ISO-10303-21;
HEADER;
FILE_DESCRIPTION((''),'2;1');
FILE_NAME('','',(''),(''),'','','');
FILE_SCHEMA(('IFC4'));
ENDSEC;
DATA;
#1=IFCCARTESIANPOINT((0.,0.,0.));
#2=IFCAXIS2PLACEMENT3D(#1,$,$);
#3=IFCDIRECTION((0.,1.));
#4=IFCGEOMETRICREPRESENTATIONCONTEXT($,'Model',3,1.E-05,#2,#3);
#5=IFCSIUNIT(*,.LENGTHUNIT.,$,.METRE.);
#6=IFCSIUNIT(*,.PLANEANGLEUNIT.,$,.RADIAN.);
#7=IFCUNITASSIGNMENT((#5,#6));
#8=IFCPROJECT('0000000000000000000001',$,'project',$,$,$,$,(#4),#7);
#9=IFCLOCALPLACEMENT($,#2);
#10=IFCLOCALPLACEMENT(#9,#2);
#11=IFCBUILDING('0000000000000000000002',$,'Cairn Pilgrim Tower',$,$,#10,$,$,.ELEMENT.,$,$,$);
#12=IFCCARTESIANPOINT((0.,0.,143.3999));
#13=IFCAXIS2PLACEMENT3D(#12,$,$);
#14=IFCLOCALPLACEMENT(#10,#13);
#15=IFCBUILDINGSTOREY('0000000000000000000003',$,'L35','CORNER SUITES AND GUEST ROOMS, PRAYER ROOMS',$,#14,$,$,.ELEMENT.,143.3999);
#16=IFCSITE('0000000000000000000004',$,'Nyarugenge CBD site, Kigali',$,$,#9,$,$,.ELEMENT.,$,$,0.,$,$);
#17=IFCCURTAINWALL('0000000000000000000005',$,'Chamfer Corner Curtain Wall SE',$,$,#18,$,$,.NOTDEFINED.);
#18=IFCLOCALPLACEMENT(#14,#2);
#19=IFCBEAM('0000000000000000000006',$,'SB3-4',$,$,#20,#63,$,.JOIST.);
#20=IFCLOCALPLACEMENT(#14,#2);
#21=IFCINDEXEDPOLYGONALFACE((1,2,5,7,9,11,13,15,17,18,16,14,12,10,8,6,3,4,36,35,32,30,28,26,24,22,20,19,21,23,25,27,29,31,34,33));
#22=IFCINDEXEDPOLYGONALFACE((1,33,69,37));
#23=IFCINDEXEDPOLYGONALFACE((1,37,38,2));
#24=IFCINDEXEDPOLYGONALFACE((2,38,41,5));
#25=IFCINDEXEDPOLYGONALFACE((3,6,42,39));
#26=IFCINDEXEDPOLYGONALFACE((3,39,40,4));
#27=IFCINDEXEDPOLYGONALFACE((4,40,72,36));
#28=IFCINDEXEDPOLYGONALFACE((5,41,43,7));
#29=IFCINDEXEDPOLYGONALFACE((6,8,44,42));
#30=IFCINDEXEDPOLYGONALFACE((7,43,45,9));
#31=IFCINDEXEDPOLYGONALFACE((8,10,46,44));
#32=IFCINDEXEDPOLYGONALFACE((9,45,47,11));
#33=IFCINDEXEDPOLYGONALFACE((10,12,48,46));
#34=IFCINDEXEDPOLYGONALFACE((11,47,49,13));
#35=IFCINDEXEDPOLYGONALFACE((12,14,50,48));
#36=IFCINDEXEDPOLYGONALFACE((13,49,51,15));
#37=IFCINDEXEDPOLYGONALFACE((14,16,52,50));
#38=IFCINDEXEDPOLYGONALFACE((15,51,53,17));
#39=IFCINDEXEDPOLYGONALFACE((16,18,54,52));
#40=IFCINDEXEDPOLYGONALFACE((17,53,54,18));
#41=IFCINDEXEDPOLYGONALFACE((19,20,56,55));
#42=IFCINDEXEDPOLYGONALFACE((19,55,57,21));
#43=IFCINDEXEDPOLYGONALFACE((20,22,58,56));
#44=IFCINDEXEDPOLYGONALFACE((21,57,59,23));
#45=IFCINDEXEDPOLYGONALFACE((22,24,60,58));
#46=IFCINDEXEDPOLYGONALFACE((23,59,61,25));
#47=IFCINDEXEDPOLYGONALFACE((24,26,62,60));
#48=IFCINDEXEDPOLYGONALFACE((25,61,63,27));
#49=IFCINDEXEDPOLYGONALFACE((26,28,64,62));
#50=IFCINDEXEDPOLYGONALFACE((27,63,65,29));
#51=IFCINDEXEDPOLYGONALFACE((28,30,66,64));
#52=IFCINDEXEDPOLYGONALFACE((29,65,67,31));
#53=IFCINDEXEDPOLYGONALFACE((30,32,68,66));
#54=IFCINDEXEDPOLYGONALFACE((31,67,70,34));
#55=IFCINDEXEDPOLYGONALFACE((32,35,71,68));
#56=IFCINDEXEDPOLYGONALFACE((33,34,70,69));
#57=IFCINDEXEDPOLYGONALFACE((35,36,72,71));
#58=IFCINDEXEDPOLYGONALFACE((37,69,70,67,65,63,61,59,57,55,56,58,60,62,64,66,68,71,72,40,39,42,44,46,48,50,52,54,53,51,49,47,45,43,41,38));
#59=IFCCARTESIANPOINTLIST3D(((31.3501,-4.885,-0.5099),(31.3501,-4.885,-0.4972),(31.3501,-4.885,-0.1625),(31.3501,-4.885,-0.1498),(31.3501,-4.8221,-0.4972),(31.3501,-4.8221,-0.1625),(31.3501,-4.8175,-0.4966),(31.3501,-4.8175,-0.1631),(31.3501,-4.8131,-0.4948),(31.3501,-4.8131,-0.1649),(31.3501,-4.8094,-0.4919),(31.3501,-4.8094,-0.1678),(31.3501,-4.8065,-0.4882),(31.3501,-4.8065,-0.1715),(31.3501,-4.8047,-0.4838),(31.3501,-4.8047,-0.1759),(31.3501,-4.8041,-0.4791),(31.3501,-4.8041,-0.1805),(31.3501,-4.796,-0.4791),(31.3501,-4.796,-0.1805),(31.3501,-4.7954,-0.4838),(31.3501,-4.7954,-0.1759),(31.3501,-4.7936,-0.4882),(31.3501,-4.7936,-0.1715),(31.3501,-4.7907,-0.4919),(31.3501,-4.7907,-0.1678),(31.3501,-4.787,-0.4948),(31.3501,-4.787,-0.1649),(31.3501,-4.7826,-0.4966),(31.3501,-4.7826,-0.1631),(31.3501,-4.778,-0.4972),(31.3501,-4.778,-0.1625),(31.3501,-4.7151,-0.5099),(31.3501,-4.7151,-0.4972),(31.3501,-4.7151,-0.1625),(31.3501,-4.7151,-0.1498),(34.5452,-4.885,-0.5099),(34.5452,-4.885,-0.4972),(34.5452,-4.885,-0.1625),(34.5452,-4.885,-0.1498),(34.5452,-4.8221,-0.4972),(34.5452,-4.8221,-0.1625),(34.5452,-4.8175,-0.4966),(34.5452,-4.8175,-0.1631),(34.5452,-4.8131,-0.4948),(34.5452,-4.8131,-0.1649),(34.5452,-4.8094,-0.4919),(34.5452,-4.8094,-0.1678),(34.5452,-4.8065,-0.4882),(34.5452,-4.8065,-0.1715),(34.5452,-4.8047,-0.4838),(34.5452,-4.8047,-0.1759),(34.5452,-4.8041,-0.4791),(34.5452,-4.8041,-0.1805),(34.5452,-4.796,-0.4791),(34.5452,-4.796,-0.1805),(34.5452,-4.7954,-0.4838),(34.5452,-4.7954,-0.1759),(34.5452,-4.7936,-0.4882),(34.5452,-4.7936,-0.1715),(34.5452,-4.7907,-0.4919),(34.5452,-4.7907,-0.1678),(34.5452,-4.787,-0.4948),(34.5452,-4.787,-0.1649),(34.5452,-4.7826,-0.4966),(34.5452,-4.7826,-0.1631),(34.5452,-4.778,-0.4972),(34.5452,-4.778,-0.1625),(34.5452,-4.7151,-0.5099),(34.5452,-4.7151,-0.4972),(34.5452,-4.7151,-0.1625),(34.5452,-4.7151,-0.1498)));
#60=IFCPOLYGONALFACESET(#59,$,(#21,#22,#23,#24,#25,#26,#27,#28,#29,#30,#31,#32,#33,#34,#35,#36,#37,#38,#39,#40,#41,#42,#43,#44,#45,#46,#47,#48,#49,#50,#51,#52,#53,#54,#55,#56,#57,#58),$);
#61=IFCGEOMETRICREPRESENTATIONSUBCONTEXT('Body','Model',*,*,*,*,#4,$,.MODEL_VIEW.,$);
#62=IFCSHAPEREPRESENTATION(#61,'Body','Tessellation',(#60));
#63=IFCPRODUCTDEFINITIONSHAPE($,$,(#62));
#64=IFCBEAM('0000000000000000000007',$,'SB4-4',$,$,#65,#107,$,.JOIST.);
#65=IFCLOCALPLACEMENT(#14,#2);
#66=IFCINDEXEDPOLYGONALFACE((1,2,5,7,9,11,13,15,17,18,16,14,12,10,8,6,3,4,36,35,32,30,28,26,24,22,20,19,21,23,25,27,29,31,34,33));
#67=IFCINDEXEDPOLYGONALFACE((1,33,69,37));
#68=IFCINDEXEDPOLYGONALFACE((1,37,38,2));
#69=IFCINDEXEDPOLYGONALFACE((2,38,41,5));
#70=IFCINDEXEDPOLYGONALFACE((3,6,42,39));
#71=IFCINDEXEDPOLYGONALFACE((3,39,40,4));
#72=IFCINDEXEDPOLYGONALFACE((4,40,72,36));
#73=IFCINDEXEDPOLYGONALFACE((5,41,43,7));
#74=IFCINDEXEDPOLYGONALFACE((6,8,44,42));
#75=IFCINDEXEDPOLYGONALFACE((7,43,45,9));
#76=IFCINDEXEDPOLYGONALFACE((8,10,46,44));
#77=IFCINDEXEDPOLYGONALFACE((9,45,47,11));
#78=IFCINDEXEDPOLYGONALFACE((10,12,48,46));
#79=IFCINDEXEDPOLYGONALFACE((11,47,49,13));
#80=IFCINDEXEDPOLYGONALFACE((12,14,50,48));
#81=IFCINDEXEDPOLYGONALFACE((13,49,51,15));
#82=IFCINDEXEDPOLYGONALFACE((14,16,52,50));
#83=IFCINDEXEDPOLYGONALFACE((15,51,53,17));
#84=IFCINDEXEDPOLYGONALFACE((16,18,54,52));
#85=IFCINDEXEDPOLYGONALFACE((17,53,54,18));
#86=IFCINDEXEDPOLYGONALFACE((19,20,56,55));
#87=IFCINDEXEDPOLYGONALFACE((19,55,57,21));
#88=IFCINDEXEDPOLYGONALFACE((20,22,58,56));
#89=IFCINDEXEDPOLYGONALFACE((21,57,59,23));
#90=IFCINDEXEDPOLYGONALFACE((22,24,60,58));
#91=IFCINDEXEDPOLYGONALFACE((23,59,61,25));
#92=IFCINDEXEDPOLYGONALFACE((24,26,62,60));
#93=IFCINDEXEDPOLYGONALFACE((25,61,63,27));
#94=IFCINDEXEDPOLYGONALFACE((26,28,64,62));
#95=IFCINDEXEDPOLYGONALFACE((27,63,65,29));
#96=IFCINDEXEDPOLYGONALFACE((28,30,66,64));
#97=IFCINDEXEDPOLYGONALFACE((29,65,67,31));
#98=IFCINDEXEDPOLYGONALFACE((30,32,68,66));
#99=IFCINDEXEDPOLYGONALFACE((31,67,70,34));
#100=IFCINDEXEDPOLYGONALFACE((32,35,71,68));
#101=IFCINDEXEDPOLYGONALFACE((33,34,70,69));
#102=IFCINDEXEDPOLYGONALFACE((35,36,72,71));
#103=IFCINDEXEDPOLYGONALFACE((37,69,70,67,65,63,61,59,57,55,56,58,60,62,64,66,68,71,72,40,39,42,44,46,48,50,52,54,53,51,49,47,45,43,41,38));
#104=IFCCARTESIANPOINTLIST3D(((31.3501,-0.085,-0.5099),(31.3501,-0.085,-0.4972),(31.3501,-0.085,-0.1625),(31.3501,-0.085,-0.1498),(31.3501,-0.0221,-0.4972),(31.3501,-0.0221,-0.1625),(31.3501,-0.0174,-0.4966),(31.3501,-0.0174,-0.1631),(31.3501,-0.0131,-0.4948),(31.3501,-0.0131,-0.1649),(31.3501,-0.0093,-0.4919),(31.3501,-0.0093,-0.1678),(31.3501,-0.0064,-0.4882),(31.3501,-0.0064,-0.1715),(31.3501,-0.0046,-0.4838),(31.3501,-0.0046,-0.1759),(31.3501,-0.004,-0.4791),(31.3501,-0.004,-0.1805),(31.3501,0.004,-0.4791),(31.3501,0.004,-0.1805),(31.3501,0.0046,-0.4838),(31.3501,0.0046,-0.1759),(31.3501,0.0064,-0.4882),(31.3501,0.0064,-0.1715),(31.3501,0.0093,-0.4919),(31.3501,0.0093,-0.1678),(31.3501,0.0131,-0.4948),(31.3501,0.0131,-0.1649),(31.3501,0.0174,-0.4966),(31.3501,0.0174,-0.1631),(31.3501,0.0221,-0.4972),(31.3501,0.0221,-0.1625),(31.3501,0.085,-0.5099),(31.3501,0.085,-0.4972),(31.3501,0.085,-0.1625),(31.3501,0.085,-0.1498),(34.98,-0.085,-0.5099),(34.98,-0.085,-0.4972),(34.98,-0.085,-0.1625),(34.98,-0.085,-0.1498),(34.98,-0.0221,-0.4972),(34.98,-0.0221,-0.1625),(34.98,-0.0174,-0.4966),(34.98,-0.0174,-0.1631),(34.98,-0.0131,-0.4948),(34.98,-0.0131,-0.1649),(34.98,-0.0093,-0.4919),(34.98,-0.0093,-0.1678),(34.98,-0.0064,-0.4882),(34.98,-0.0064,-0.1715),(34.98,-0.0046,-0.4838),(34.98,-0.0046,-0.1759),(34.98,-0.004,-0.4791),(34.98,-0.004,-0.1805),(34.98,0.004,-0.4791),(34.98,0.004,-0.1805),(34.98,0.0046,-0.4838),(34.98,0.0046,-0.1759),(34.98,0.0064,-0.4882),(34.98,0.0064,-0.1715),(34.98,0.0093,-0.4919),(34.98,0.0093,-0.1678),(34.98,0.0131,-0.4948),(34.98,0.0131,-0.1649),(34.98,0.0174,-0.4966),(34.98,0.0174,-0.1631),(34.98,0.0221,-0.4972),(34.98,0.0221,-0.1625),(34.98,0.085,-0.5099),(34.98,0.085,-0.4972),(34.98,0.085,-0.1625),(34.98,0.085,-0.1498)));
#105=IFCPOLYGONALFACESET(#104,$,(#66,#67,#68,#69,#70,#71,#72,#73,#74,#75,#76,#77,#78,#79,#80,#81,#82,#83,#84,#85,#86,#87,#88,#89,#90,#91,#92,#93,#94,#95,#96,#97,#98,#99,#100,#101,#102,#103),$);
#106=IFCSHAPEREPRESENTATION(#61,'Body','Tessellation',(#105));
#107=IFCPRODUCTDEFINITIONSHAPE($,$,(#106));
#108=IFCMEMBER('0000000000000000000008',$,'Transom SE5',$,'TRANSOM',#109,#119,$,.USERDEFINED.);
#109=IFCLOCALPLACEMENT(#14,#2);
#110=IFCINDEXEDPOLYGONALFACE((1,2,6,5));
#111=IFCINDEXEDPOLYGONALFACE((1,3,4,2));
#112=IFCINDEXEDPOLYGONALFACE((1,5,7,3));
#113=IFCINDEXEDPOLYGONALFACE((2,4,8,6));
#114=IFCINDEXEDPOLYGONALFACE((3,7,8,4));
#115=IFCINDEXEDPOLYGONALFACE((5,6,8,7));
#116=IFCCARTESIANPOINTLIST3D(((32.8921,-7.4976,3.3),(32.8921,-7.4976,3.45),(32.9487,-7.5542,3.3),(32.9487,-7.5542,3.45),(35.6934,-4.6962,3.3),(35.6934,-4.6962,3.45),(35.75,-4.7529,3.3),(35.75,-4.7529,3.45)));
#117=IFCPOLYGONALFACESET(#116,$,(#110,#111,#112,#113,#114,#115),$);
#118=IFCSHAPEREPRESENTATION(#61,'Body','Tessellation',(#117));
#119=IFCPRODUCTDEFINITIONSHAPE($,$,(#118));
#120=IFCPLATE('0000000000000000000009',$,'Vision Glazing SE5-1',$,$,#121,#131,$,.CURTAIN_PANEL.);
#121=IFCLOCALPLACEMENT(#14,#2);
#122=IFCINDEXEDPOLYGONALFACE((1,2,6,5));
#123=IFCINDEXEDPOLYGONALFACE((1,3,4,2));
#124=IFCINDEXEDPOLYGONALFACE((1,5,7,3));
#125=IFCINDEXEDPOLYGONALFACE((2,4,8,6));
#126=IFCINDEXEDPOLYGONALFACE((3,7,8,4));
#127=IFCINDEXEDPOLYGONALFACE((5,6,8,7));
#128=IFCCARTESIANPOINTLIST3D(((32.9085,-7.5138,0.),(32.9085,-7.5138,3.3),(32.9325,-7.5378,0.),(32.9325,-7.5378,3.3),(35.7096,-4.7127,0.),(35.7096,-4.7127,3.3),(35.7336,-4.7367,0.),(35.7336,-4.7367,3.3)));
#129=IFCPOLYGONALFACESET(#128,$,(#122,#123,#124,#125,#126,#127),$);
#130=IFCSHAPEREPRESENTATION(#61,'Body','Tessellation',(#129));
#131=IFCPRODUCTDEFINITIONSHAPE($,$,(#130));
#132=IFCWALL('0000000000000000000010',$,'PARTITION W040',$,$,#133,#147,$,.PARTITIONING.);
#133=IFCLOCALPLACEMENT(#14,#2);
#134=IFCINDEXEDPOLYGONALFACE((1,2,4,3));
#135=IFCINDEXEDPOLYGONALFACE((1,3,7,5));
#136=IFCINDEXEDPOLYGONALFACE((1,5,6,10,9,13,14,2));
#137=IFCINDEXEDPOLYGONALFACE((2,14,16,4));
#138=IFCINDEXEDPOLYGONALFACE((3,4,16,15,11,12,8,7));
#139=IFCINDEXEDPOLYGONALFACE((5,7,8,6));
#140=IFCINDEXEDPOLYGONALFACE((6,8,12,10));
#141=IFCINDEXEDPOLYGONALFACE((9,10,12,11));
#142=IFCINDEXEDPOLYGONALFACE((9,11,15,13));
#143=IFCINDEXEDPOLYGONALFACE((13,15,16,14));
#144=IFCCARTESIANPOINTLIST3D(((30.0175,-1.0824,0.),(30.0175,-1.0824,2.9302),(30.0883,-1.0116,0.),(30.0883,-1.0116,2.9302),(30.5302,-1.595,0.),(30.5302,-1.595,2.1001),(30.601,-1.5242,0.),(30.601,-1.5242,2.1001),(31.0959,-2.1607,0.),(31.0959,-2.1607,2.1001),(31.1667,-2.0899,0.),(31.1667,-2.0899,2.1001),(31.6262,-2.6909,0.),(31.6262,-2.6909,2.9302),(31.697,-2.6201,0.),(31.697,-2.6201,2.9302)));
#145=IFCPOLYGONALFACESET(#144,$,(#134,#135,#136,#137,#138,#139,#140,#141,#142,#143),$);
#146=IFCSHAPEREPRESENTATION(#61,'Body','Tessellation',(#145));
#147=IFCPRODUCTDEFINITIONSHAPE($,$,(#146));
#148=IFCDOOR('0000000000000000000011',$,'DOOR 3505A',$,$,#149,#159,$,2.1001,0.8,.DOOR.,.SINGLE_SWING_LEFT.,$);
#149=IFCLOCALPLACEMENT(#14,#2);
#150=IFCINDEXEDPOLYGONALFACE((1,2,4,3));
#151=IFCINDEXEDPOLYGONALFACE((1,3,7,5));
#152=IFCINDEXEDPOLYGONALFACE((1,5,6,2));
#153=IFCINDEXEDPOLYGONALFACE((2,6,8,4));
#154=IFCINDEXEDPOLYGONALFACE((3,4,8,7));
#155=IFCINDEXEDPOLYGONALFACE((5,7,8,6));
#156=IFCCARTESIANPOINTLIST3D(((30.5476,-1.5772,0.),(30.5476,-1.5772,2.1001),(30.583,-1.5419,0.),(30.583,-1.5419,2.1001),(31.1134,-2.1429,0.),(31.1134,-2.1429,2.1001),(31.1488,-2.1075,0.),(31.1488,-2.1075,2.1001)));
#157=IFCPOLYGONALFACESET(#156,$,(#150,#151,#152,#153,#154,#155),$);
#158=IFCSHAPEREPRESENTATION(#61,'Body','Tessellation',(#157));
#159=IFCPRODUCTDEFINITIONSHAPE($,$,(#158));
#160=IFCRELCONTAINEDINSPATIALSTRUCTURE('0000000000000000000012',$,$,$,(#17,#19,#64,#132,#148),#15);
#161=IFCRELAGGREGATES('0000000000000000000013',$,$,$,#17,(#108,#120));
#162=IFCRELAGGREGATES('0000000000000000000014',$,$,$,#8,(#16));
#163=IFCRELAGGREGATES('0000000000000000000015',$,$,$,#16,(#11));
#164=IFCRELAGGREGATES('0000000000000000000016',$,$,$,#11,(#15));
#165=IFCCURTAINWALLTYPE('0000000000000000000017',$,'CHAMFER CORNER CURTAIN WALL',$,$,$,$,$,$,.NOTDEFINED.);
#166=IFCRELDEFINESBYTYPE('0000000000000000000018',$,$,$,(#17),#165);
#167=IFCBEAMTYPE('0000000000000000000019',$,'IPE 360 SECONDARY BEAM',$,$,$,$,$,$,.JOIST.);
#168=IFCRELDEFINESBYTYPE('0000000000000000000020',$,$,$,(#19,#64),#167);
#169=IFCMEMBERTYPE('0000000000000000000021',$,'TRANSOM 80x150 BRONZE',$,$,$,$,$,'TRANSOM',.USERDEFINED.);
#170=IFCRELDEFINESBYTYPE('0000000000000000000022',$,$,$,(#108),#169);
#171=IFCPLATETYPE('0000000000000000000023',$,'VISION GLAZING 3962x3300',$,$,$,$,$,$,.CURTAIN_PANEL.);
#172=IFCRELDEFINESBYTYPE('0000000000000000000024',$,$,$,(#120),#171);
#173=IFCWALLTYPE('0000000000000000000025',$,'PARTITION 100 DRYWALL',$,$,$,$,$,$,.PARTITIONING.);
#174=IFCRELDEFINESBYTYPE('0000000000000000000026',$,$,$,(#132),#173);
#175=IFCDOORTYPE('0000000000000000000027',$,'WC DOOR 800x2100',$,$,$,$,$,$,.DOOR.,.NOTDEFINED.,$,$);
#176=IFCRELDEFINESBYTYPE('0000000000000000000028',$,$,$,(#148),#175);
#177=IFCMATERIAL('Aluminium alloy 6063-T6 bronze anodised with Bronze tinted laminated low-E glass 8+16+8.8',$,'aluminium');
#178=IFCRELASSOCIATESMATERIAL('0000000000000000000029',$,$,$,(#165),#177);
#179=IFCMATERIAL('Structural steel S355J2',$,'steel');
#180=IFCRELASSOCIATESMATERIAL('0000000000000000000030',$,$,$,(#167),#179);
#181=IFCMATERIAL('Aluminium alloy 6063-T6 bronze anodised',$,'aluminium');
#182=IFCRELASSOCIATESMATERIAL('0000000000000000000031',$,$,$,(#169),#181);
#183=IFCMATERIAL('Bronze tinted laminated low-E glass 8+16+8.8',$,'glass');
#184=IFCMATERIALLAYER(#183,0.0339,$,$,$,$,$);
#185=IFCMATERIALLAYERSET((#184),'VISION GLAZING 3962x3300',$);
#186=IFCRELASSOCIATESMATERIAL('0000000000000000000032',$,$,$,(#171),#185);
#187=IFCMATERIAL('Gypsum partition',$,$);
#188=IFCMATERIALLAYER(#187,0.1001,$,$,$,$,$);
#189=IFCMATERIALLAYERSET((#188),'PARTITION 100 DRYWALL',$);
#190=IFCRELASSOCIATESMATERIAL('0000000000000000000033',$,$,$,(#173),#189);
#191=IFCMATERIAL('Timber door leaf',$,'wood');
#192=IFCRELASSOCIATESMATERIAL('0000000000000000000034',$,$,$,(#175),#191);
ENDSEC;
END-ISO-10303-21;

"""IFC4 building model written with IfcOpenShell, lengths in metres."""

from ifc_helpers import new_model, si_unit, direction, frame, frame_2d, origin, origin_2d, place, context, subcontext, project, spatial, rectangle, i_section, extrude, material, layer, layer_set, material_profile, profile_set, type_object, element, fill, aggregate, save


model = new_model("IFC4")

# Units and contexts
model_context = context("Model", 3, precision=1e-05, world=origin(), true_north=direction((0.0, 1.0)))
body_context = subcontext(model_context, "Body", "Model", "MODEL_VIEW")
ifc_project = project(units=[si_unit("LENGTHUNIT", "METRE"), si_unit("PLANEANGLEUNIT", "RADIAN")], contexts=[model_context])

# Site, building, storey
site_placement = place(None, origin())
site = spatial("IfcSite", under=ifc_project, at=site_placement, Name="Nyarugenge CBD site, Kigali", CompositionType="ELEMENT", RefElevation=0.0)
building_placement = place(site_placement, origin())
building = spatial("IfcBuilding", under=site, at=building_placement, Name="Cairn Pilgrim Tower", CompositionType="ELEMENT")
storey_placement = place(building_placement, frame((0.0, 0.0, 143.3999)))
storey = spatial("IfcBuildingStorey", under=building, at=storey_placement, Name="L35", Description="CORNER SUITES AND GUEST ROOMS, PRAYER ROOMS", CompositionType="ELEMENT", Elevation=143.3999)

# Curtain wall
ifc_material_1 = material(Name="Aluminium alloy 6063-T6 bronze anodised with Bronze tinted laminated low-E glass 8+16+8.8", Category="aluminium")
curtain_wall_type_1 = type_object("IfcCurtainWallType", Name="CHAMFER CORNER CURTAIN WALL", PredefinedType="NOTDEFINED", material=ifc_material_1)
curtain_wall_1_placement = place(storey_placement, origin())
curtain_wall_1 = element("IfcCurtainWall", 1, at=curtain_wall_1_placement, inside=storey, type_object=curtain_wall_type_1, Name="Chamfer Corner Curtain Wall SE", PredefinedType="NOTDEFINED")
ifc_material_2 = material(Name="Aluminium alloy 6063-T6 bronze anodised", Category="aluminium")

# Beams
ifc_material_3 = material(Name="Structural steel S355J2", Category="steel")
ifc_material_profile_1 = material_profile(ifc_material_3, i_section(OverallWidth=0.1699, OverallDepth=0.3601, WebThickness=0.0081, FlangeThickness=0.0127, FilletRadius=0.0181, at=origin_2d()), Name="IPE 360")
ifc_profile_set_1 = profile_set([ifc_material_profile_1], Name="Structural steel S355J2")
beam_type_1 = type_object("IfcBeamType", Name="IPE 360 SECONDARY BEAM", PredefinedType="JOIST", material=ifc_profile_set_1)
beam_1_placement = place(storey_placement, frame((31.3501, -4.8, -0.3298), z_axis=(1.0, 0.0, 0.0), x_axis=(0.0, 1.0, 0.0)))
element("IfcBeam", 2, at=beam_1_placement, inside=storey, type_object=beam_type_1, Name="SB3-4", PredefinedType="JOIST", context=body_context, shape_type="SweptSolid", body=[
    extrude(i_section(OverallWidth=0.1699, OverallDepth=0.3601, WebThickness=0.0081, FlangeThickness=0.0127, FilletRadius=0.0181, at=origin_2d()), origin(), (0.0, 0.0, 1.0), 3.1951),
])
beam_2_placement = place(storey_placement, frame((31.3501, 0.0, -0.3298), z_axis=(1.0, 0.0, 0.0), x_axis=(0.0, 1.0, 0.0)))
element("IfcBeam", 3, at=beam_2_placement, inside=storey, type_object=beam_type_1, Name="SB4-4", PredefinedType="JOIST", context=body_context, shape_type="SweptSolid", body=[
    extrude(i_section(OverallWidth=0.1699, OverallDepth=0.3601, WebThickness=0.0081, FlangeThickness=0.0127, FilletRadius=0.0181, at=origin_2d()), origin(), (0.0, 0.0, 1.0), 3.6299),
])

# Member
ifc_material_profile_2 = material_profile(ifc_material_2, rectangle(XDim=0.0801, YDim=0.1499, at=origin_2d()), Name="TRANSOM 80x150 BRONZE")
ifc_profile_set_2 = profile_set([ifc_material_profile_2], Name="Aluminium alloy 6063-T6 bronze anodised")
member_type_1 = type_object("IfcMemberType", Name="TRANSOM 80x150 BRONZE", ElementType="TRANSOM", PredefinedType="USERDEFINED", material=ifc_profile_set_2)
member_1_placement = place(storey_placement, frame((32.9204, -7.5259, 3.375), z_axis=(0.707107, 0.707107, 0.0), x_axis=(-0.707107, 0.707107, 0.0)))
member_1 = element("IfcMember", 4, at=member_1_placement, type_object=member_type_1, Name="Transom SE5", ObjectType="TRANSOM", PredefinedType="USERDEFINED", context=body_context, shape_type="SweptSolid", body=[
    extrude(rectangle(XDim=0.0801, YDim=0.1499, at=origin_2d()), origin(), (0.0, 0.0, 1.0), 3.9617),
])

# Plate
ifc_material_4 = material(Name="Bronze tinted laminated low-E glass 8+16+8.8", Category="glass")
ifc_layer_1 = layer(ifc_material_4, 0.0339)
ifc_layer_set_1 = layer_set([ifc_layer_1], Name="VISION GLAZING 3962x3300")
plate_type = type_object("IfcPlateType", Name="VISION GLAZING 3962x3300", PredefinedType="CURTAIN_PANEL", material=ifc_layer_set_1)
plate_placement = place(storey_placement, frame((34.321, -6.1252, 0.0), z_axis=(0.0, 0.0, 1.0), x_axis=(0.707107, 0.707107, 0.0)))
plate = element("IfcPlate", 5, at=plate_placement, type_object=plate_type, Name="Vision Glazing SE5-1", PredefinedType="CURTAIN_PANEL", context=body_context, shape_type="SweptSolid", body=[
    extrude(rectangle(XDim=3.9614, YDim=0.0339, at=origin_2d()), origin(), (0.0, 0.0, 1.0), 3.3),
])
aggregate(curtain_wall_1, [member_1, plate])

# Wall, opening, door
ifc_material_5 = material(Name="Gypsum partition")
ifc_layer_2 = layer(ifc_material_5, 0.1001)
ifc_layer_set_2 = layer_set([ifc_layer_2], Name="PARTITION 100 DRYWALL")
wall_type_1 = type_object("IfcWallType", Name="PARTITION 100 DRYWALL", PredefinedType="PARTITIONING", material=ifc_layer_set_2)
wall_1_placement = place(storey_placement, frame((31.6616, -2.6555, 0.0), z_axis=(0.0, 0.0, 1.0), x_axis=(-0.70716, 0.707053, 0.0)))
wall_1 = element("IfcWall", 6, at=wall_1_placement, inside=storey, type_object=wall_type_1, Name="PARTITION W040", PredefinedType="PARTITIONING", context=body_context, shape_type="SweptSolid", body=[
    extrude(rectangle(XDim=2.2749, YDim=0.1001, at=frame_2d((1.1375, 0.0))), origin(), (0.0, 0.0, 1.0), 2.9302),
])
opening_1_placement = place(wall_1_placement, frame((0.75, 0.0, 0.0)))
opening_1 = element("IfcOpeningElement", 7, at=opening_1_placement, cuts=wall_1, PredefinedType="OPENING", context=body_context, shape_type="SweptSolid", body=[
    extrude(rectangle(XDim=0.8, YDim=2.1001, at=frame_2d((0.3999, 1.05))), frame((0.0, 0.0601, 0.0), z_axis=(0.0, -1.0, 0.0), x_axis=(1.0, 0.0, 0.0)), (0.0, 0.0, 1.0), 0.1201),
])
ifc_material_6 = material(Name="Timber door leaf", Category="wood")
door_type_1 = type_object("IfcDoorType", Name="WC DOOR 800x2100", OperationType="NOTDEFINED", PredefinedType="DOOR", material=ifc_material_6)
door_1_placement = place(opening_1_placement, frame((0.8, 0.0, 0.0), z_axis=(0.0, 0.0, 1.0), x_axis=(-1.0, 0.0, 0.0)))
door_1 = element("IfcDoor", 8, at=door_1_placement, inside=storey, type_object=door_type_1, Name="DOOR 3505A", OperationType="SINGLE_SWING_LEFT", OverallHeight=2.1001, OverallWidth=0.8, PredefinedType="DOOR", context=body_context, shape_type="SweptSolid", body=[
    extrude(rectangle(XDim=0.8, YDim=2.1001, at=frame_2d((0.3999, 1.05))), frame((0.0, 0.0249, 0.0), z_axis=(0.0, -1.0, 0.0), x_axis=(1.0, 0.0, 0.0)), (0.0, 0.0, 1.0), 0.05),
])
fill(opening_1, door_1)

save(model, "model.ifc")
